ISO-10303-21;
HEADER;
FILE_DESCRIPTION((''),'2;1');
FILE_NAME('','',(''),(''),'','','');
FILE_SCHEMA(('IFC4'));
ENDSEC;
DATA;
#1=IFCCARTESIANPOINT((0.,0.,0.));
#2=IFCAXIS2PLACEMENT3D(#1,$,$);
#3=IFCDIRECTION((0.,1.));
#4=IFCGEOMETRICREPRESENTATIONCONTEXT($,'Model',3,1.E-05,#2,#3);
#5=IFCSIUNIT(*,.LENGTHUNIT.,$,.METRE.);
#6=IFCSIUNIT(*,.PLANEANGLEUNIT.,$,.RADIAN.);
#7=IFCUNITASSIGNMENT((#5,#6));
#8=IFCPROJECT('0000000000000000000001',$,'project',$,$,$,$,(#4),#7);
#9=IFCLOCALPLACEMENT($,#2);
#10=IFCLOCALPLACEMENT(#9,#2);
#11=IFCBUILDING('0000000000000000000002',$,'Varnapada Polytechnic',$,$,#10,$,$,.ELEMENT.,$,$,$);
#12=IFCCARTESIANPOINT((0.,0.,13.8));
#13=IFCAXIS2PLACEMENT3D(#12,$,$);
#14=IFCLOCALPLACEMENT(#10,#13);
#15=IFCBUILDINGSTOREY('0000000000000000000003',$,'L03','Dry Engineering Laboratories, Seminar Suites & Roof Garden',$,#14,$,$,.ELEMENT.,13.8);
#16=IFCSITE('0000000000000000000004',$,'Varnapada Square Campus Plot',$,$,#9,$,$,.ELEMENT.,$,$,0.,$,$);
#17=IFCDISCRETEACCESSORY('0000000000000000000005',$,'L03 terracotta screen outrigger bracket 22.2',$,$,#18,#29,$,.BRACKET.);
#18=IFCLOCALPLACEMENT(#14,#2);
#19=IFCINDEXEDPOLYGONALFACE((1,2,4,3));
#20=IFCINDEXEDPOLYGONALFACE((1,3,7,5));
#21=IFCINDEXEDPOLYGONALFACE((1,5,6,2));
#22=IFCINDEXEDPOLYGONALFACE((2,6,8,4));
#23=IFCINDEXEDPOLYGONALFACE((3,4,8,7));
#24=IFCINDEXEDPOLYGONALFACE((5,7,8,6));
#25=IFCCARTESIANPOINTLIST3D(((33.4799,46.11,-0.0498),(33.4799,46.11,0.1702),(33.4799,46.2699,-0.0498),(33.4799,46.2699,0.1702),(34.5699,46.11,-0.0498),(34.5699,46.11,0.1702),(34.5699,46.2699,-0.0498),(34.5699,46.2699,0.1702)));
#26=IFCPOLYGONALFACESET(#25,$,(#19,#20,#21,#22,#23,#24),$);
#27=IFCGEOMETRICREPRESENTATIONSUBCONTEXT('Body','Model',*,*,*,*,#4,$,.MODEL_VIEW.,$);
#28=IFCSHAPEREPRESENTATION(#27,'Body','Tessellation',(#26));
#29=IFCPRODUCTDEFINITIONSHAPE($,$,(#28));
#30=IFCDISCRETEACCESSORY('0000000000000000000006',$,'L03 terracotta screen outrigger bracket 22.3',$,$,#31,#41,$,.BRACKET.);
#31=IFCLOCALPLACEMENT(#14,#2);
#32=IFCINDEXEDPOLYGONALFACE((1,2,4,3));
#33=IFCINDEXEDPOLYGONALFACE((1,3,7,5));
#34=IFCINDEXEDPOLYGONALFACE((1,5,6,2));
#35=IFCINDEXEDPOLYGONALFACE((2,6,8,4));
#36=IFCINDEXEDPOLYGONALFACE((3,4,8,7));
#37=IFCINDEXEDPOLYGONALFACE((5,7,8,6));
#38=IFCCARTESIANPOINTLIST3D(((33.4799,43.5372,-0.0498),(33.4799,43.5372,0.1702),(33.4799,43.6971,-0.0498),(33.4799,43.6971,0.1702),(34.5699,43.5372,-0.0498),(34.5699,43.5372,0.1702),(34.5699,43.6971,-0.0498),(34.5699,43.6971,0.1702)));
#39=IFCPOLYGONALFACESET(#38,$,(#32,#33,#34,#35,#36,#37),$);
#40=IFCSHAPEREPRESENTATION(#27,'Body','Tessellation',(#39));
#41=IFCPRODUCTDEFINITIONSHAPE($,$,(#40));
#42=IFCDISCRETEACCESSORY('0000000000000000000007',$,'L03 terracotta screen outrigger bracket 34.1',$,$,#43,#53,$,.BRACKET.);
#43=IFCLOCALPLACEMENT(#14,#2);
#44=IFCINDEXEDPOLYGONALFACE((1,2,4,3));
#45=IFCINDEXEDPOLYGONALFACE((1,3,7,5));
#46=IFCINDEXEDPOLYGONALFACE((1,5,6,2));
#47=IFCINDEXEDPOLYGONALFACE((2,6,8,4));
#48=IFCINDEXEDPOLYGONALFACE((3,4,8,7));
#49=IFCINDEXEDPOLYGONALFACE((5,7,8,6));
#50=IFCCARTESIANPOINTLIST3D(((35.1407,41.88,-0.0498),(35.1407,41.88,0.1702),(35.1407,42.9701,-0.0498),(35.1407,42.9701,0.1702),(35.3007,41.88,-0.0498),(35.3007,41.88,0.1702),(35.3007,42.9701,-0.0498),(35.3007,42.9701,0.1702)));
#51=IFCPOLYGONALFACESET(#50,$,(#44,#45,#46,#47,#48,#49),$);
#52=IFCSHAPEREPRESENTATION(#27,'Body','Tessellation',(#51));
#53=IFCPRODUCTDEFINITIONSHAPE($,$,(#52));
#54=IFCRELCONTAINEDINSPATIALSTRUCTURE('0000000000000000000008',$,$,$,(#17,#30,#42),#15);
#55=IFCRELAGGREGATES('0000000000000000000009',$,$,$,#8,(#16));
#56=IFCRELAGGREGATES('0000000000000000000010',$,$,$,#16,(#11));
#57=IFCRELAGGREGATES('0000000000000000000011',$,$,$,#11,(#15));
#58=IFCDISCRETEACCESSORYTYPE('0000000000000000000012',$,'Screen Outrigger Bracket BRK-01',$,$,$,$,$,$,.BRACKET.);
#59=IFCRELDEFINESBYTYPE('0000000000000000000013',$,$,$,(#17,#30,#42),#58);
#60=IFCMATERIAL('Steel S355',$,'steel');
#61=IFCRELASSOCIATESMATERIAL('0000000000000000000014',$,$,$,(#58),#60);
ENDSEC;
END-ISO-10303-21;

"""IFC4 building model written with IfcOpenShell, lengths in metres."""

from ifc_helpers import new_model, si_unit, direction, frame, origin, origin_2d, place, context, subcontext, project, spatial, rectangle, extrude, material, type_object, element, save


model = new_model("IFC4")

# Units and contexts
model_context = context("Model", 3, precision=1e-05, world=origin(), true_north=direction((0.0, 1.0)))
body_context = subcontext(model_context, "Body", "Model", "MODEL_VIEW")
ifc_project = project(units=[si_unit("LENGTHUNIT", "METRE"), si_unit("PLANEANGLEUNIT", "RADIAN")], contexts=[model_context])

# Site, building, storey
site_placement = place(None, origin())
site = spatial("IfcSite", under=ifc_project, at=site_placement, Name="Varnapada Square Campus Plot", CompositionType="ELEMENT", RefElevation=0.0)
building_placement = place(site_placement, origin())
building = spatial("IfcBuilding", under=site, at=building_placement, Name="Varnapada Polytechnic", CompositionType="ELEMENT")
storey_placement = place(building_placement, frame((0.0, 0.0, 13.8)))
storey = spatial("IfcBuildingStorey", under=building, at=storey_placement, Name="L03", Description="Dry Engineering Laboratories, Seminar Suites & Roof Garden", CompositionType="ELEMENT", Elevation=13.8)

# Discrete accessories
ifc_material_1 = material(Name="Steel S355", Category="steel")
discrete_accessory_type = type_object("IfcDiscreteAccessoryType", Name="Screen Outrigger Bracket BRK-01", PredefinedType="BRACKET", material=ifc_material_1)
for number, where, z_axis, x_axis, name in (
    (1, (34.0249, 46.1899, -0.0498), (0.0, 0.0, 1.0), (0.0, -1.0, 0.0), "L03 terracotta screen outrigger bracket 22.2"),
    (2, (34.0249, 43.6172, -0.0498), (0.0, 0.0, 1.0), (0.0, -1.0, 0.0), "L03 terracotta screen outrigger bracket 22.3"),
    (3, (35.2207, 42.425, -0.0498), (0.0, 0.0, 1.0), (1.0, 0.0, 0.0), "L03 terracotta screen outrigger bracket 34.1"),
):
    element("IfcDiscreteAccessory", number, at=place(storey_placement, frame(where, z_axis=z_axis, x_axis=x_axis)), inside=storey, type_object=discrete_accessory_type, Name=name, PredefinedType="BRACKET", context=body_context, shape_type="SweptSolid", body=[
        extrude(rectangle(XDim=0.1599, YDim=1.0901, at=origin_2d()), origin(), (0.0, 0.0, 1.0), 0.22),
    ])

save(model, "model.ifc")
